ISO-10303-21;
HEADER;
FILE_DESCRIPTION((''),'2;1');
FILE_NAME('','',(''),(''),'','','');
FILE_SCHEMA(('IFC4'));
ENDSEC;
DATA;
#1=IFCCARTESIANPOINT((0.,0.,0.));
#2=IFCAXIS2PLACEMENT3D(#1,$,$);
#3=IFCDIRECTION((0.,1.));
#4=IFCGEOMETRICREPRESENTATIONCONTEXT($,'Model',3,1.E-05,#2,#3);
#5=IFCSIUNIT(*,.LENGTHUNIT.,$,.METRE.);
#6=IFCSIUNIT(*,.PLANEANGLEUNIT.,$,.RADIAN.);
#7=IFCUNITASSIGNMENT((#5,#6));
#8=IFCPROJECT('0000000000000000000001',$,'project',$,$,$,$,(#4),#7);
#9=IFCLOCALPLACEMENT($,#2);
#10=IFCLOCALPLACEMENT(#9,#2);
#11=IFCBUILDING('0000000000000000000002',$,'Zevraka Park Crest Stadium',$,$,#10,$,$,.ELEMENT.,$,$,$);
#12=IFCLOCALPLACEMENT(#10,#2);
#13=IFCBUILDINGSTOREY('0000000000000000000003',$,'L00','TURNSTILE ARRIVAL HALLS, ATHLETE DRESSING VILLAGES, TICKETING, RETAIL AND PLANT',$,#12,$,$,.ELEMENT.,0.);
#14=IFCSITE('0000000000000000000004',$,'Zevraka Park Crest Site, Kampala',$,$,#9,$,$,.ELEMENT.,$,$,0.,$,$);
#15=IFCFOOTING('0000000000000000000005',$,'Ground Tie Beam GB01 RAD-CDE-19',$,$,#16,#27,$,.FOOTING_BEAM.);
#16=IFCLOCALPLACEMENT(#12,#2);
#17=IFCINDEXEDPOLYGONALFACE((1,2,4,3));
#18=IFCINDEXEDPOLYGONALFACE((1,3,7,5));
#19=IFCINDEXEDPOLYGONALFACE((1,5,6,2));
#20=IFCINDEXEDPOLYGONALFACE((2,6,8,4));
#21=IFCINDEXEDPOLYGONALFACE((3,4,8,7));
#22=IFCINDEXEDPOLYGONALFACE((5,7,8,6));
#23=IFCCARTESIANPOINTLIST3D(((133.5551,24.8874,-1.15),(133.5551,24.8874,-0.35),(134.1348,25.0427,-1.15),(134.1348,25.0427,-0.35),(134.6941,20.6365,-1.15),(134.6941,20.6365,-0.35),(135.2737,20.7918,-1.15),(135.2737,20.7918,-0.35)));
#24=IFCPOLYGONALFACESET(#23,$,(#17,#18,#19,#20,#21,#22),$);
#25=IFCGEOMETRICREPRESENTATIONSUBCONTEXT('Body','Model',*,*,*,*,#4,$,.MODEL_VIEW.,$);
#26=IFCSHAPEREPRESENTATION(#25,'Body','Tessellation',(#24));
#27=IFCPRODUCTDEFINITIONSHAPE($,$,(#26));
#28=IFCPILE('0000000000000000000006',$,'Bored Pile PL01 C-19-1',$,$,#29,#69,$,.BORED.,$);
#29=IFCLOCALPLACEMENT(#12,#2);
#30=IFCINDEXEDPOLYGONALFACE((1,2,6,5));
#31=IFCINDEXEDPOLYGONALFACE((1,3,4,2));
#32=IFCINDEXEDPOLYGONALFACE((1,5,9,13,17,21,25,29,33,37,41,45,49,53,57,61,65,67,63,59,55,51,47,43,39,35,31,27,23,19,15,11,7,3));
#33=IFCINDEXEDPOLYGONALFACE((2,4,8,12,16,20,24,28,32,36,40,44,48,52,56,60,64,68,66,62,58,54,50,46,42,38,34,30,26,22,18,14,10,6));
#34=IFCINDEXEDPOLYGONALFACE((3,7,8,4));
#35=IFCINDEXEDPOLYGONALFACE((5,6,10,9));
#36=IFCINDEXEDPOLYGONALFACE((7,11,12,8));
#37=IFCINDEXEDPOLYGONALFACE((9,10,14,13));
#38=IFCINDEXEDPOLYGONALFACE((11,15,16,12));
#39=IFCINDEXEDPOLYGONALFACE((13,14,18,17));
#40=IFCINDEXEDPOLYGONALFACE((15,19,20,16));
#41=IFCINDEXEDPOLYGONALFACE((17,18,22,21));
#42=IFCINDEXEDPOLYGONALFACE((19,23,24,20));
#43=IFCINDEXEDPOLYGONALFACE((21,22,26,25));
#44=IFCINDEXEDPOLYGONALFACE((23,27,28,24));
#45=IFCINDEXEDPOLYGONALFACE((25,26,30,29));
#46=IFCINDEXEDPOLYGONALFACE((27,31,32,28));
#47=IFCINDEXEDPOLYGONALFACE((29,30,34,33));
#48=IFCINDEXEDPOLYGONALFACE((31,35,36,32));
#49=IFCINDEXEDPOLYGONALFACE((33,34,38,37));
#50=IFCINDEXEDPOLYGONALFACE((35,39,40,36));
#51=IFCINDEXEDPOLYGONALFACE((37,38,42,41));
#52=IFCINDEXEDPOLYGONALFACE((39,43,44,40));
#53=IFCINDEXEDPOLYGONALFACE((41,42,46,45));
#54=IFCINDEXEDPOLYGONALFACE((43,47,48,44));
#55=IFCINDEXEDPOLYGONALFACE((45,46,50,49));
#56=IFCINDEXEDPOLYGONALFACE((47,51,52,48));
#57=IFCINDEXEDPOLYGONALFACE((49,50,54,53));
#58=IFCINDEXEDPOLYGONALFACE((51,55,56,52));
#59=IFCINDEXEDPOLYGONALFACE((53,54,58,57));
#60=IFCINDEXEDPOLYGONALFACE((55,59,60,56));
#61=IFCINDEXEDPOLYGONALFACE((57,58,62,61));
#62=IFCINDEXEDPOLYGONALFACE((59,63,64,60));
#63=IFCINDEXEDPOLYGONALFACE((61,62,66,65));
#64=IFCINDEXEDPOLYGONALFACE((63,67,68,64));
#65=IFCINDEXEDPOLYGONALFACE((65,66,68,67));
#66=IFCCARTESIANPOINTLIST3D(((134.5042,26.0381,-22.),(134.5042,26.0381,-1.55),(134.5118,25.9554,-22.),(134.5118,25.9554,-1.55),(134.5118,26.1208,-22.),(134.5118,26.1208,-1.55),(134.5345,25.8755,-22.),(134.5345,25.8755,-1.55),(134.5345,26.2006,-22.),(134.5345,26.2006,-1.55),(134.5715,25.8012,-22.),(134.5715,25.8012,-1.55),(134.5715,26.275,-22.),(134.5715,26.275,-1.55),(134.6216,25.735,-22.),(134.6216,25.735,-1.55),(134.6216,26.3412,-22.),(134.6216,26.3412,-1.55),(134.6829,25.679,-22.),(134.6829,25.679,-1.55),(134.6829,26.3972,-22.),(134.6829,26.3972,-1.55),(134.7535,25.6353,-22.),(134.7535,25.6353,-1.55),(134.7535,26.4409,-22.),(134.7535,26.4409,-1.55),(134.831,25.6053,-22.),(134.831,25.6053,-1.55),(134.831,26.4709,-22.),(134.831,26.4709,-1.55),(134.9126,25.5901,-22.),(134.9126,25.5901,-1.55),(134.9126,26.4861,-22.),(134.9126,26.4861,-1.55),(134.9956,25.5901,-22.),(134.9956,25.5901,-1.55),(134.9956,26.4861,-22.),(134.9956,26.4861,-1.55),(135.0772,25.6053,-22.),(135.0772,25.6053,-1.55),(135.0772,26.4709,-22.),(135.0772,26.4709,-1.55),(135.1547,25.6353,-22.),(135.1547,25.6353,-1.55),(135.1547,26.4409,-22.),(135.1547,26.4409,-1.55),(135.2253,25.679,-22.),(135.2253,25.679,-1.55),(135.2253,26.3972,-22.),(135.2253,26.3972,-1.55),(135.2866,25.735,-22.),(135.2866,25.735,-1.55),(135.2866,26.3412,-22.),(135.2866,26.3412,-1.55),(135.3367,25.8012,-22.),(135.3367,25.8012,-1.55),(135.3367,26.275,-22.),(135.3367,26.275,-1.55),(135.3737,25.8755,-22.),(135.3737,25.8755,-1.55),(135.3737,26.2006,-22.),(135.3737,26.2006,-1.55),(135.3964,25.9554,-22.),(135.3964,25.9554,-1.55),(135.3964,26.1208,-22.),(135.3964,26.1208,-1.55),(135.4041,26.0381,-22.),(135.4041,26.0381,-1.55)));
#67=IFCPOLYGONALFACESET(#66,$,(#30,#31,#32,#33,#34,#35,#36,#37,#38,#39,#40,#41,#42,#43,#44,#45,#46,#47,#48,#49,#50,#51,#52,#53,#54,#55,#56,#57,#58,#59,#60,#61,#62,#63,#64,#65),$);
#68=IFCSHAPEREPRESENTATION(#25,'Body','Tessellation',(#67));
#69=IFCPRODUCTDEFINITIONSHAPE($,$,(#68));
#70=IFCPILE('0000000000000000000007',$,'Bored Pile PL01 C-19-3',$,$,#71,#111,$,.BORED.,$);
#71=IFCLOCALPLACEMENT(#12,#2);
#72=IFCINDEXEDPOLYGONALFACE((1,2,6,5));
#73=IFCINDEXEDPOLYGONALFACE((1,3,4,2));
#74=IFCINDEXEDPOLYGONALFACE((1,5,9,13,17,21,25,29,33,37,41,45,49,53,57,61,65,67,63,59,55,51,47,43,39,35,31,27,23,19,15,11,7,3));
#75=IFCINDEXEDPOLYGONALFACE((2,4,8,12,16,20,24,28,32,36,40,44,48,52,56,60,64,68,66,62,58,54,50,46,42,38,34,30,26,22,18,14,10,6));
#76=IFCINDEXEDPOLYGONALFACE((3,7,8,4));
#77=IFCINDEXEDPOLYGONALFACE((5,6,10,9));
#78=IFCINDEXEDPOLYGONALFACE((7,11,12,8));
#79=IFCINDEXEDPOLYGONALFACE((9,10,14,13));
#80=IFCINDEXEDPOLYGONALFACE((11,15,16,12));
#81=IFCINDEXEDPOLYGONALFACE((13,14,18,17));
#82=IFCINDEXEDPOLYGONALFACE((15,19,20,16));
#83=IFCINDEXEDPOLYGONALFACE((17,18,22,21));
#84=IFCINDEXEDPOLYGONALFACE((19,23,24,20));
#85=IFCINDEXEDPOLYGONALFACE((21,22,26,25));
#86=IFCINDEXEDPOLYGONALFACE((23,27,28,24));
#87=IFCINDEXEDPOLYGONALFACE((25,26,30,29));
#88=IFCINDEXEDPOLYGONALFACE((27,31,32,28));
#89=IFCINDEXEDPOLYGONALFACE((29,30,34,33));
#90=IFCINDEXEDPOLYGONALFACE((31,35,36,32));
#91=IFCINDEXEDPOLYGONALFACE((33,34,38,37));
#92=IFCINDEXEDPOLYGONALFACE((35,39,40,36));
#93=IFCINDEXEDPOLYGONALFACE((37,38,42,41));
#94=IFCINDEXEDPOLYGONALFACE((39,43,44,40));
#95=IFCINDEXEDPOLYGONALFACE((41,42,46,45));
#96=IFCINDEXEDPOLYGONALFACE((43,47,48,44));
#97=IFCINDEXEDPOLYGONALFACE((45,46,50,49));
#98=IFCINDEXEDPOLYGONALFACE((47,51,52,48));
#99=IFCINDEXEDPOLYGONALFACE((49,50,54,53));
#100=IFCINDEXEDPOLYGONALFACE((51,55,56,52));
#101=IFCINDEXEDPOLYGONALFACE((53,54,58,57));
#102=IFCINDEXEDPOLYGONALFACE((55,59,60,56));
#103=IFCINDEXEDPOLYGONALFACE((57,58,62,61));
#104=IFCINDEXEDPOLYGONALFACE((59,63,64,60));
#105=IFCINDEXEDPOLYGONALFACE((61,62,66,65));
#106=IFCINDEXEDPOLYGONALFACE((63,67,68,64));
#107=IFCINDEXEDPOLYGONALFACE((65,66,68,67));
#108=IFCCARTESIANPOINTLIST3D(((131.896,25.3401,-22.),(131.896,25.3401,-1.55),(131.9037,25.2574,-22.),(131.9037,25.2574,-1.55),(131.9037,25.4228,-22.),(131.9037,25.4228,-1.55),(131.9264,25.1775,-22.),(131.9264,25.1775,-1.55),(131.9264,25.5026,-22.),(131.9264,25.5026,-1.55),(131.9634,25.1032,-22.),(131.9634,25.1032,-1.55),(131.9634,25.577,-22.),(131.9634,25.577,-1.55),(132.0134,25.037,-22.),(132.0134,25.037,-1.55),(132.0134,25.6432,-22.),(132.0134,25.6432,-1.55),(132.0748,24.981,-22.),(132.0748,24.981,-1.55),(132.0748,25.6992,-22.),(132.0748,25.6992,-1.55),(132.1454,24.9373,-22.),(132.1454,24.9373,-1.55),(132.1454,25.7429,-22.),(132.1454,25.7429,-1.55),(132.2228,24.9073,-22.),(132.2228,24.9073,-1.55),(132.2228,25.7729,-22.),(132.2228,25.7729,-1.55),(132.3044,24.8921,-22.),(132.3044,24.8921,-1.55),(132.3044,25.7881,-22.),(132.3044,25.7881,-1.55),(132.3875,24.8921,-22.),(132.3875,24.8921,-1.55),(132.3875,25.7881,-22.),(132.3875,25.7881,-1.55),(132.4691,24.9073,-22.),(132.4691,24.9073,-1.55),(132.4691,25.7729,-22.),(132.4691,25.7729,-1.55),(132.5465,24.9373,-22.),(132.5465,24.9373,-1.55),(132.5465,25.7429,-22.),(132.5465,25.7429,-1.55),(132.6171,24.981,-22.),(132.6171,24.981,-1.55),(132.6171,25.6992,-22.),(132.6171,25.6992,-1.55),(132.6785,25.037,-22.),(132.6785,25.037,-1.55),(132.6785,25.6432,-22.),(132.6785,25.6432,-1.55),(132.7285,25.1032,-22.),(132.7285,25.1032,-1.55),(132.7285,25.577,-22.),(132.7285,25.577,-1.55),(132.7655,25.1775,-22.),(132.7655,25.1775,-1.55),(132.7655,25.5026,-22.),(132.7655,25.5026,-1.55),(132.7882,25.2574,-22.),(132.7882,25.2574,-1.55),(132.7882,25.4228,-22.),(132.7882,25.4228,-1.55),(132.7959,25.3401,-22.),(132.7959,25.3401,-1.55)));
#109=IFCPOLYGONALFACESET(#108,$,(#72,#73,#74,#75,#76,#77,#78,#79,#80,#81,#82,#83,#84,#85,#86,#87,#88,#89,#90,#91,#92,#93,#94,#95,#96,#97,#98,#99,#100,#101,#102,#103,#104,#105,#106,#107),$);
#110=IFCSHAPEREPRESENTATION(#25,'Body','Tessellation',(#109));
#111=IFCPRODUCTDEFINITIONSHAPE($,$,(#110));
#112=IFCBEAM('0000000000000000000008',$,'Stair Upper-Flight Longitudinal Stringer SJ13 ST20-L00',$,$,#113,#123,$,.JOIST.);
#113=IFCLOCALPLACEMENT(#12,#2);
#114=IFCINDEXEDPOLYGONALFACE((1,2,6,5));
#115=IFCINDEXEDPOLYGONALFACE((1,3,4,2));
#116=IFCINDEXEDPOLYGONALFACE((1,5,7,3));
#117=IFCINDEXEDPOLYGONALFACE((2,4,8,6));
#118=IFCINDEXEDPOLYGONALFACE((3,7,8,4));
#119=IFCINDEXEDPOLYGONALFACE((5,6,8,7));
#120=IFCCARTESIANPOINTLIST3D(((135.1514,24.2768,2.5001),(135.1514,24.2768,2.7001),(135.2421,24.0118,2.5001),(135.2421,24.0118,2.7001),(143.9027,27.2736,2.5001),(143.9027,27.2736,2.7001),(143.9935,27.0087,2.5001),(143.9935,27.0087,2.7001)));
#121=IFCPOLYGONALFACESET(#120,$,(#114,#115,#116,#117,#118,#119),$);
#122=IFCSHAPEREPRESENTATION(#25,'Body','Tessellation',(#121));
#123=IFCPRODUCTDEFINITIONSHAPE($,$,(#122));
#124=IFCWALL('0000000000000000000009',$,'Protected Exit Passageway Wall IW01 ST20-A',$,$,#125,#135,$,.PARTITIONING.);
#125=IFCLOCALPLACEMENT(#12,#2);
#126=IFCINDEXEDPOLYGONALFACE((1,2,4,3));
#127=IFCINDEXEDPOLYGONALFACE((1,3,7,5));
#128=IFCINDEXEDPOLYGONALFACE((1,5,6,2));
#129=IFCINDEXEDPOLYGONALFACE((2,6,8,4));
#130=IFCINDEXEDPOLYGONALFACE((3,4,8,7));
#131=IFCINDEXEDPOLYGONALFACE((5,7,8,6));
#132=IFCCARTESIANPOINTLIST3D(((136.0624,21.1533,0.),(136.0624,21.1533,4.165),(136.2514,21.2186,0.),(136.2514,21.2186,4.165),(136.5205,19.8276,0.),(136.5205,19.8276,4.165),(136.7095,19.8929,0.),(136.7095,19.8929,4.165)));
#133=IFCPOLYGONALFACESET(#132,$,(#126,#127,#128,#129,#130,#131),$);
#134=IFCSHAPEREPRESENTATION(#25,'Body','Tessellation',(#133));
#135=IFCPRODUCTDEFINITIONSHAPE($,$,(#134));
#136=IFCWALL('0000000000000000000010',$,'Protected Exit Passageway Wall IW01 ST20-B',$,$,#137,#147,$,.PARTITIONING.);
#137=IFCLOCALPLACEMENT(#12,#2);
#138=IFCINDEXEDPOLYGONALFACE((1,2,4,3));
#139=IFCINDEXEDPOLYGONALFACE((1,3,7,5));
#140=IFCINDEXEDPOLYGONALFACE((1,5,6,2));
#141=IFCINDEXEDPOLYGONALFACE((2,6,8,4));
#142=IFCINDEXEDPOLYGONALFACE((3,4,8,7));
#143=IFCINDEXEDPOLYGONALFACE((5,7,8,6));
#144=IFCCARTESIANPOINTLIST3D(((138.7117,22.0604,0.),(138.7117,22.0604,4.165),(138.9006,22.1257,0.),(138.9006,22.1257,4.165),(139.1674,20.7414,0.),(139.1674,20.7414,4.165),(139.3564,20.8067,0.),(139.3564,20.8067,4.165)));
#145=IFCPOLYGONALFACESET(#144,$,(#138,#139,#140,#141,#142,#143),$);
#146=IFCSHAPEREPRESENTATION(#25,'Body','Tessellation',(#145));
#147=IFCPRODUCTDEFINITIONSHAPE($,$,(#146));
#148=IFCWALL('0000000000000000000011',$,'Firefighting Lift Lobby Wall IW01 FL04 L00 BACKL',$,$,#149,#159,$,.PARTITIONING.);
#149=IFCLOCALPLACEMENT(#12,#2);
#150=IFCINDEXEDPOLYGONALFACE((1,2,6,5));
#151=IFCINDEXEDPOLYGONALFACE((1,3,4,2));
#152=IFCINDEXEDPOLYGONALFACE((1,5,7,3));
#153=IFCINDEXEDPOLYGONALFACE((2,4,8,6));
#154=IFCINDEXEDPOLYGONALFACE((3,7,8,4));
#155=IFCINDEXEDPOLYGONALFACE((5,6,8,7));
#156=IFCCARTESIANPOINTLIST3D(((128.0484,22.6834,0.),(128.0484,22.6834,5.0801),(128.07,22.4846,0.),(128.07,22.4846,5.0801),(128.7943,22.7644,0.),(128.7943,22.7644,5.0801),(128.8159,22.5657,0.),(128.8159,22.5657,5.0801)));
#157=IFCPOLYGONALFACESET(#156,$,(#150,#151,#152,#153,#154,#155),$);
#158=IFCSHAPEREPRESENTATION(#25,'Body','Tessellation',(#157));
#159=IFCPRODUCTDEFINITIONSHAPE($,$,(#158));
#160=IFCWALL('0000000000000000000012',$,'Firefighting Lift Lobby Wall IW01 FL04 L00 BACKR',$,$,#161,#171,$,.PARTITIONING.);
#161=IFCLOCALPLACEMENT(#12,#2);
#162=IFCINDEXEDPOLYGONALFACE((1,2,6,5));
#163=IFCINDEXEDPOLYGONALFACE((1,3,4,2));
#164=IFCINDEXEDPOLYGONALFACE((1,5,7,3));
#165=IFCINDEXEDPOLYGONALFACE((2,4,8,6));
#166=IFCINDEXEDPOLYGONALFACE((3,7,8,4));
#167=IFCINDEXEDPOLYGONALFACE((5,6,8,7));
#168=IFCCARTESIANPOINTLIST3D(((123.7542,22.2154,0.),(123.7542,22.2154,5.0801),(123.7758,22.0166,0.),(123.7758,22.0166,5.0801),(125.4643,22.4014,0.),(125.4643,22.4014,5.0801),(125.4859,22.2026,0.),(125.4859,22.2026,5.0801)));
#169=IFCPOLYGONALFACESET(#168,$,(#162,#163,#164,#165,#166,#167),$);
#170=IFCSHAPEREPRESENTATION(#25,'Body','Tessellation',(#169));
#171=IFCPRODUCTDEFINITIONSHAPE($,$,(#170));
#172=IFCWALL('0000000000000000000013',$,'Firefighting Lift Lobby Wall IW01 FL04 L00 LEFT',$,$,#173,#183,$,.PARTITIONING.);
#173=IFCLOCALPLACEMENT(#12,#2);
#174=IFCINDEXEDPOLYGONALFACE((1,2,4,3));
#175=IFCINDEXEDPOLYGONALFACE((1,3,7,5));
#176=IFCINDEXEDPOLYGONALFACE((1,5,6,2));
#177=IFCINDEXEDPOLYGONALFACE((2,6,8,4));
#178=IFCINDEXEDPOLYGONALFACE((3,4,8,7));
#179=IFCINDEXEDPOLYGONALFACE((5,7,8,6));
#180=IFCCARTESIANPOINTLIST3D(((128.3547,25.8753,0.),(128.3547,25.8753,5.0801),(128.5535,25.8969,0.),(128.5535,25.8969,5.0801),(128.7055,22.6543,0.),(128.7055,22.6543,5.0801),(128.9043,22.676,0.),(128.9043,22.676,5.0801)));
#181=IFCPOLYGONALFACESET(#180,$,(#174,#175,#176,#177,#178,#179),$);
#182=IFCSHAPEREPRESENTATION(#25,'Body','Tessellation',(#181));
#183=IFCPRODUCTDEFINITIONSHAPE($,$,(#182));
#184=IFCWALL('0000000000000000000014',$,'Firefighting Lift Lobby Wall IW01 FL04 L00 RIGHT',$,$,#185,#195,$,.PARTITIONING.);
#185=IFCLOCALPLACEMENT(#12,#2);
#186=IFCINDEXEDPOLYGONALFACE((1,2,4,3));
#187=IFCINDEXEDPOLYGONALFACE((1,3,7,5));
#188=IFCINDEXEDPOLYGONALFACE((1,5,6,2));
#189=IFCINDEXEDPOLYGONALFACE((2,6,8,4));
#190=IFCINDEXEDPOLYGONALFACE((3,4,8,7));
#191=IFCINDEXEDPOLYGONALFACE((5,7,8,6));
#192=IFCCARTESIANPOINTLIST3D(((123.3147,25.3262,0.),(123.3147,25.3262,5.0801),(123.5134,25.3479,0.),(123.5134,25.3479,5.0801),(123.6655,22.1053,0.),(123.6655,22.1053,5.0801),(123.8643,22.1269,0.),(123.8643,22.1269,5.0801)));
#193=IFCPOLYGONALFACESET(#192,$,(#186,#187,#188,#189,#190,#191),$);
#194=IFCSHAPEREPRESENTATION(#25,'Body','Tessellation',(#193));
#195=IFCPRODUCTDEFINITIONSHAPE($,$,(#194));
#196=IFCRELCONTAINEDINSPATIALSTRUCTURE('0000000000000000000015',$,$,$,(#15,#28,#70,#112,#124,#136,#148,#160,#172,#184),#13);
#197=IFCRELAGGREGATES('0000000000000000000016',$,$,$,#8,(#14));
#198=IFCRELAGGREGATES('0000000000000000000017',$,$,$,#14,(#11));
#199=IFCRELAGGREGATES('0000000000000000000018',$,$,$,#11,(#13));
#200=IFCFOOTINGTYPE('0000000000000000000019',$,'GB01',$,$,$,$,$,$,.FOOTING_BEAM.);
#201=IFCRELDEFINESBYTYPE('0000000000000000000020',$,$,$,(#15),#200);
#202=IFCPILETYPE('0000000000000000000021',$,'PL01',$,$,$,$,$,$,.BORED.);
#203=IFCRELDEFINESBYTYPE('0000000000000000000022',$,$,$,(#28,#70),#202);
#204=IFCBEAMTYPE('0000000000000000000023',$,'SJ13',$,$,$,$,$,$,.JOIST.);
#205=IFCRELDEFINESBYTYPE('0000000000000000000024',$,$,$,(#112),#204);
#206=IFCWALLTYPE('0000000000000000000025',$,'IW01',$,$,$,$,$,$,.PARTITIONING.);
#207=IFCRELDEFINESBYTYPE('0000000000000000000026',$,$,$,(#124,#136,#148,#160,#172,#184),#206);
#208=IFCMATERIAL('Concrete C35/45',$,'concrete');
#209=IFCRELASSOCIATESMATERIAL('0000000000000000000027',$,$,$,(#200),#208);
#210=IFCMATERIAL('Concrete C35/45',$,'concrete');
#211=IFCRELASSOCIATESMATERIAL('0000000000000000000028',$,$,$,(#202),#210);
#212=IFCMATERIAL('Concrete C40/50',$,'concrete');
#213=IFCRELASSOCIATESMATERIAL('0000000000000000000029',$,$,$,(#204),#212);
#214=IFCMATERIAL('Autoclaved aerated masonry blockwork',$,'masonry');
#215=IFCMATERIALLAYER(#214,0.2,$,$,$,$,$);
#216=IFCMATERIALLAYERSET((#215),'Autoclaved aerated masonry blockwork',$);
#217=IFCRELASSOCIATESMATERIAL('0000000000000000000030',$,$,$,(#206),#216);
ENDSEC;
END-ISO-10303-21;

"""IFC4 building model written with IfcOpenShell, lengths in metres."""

from ifc_helpers import new_model, si_unit, direction, frame, frame_2d, origin, origin_2d, place, context, subcontext, project, spatial, rectangle, circle, extrude, material, layer, layer_set, material_profile, profile_set, type_object, element, save


model = new_model("IFC4")

# Units and contexts
model_context = context("Model", 3, precision=1e-05, world=origin(), true_north=direction((0.0, 1.0)))
body_context = subcontext(model_context, "Body", "Model", "MODEL_VIEW")
ifc_project = project(units=[si_unit("LENGTHUNIT", "METRE"), si_unit("PLANEANGLEUNIT", "RADIAN")], contexts=[model_context])

# Site, building, storey
site_placement = place(None, origin())
site = spatial("IfcSite", under=ifc_project, at=site_placement, Name="Zevraka Park Crest Site, Kampala", CompositionType="ELEMENT", RefElevation=0.0)
building_placement = place(site_placement, origin())
building = spatial("IfcBuilding", under=site, at=building_placement, Name="Zevraka Park Crest Stadium", CompositionType="ELEMENT")
storey_placement = place(building_placement, origin())
storey = spatial("IfcBuildingStorey", under=building, at=storey_placement, Name="L00", Description="TURNSTILE ARRIVAL HALLS, ATHLETE DRESSING VILLAGES, TICKETING, RETAIL AND PLANT", CompositionType="ELEMENT", Elevation=0.0)

# Footing
ifc_material_1 = material(Name="Concrete C35/45", Category="concrete")
ifc_material_profile_1 = material_profile(ifc_material_1, rectangle(XDim=0.6001, YDim=0.8, at=origin_2d()), Name="GB 800x600")
ifc_profile_set_1 = profile_set([ifc_material_profile_1], Name="Concrete C35/45")
footing_type = type_object("IfcFootingType", Name="GB01", PredefinedType="FOOTING_BEAM", material=ifc_profile_set_1)
footing_placement = place(storey_placement, frame((133.845, 24.9651, -0.75), z_axis=(0.258792, -0.965933, 0.0), x_axis=(0.965933, 0.258792, 0.0)))
element("IfcFooting", 1, at=footing_placement, inside=storey, type_object=footing_type, Name="Ground Tie Beam GB01 RAD-CDE-19", PredefinedType="FOOTING_BEAM", context=body_context, shape_type="SweptSolid", body=[
    extrude(rectangle(XDim=0.6001, YDim=0.8, at=origin_2d()), origin(), (0.0, 0.0, 1.0), 4.4009),
])

# Piles
ifc_material_2 = material(Name="Concrete C35/45", Category="concrete")
ifc_material_profile_2 = material_profile(ifc_material_2, circle(Radius=0.45, at=origin_2d()), Name="PILE D900")
ifc_profile_set_2 = profile_set([ifc_material_profile_2], Name="Concrete C35/45")
pile_type = type_object("IfcPileType", Name="PL01", PredefinedType="BORED", material=ifc_profile_set_2)
for number, where, z_axis, x_axis, name in (
    (2, (134.9541, 26.0381, -1.55), (0.0, 0.0, -1.0), (1.0, 0.0, 0.0), "Bored Pile PL01 C-19-1"),
    (3, (132.3459, 25.3401, -1.55), (0.0, 0.0, -1.0), (1.0, 0.0, 0.0), "Bored Pile PL01 C-19-3"),
):
    element("IfcPile", number, at=place(storey_placement, frame(where, z_axis=z_axis, x_axis=x_axis)), inside=storey, type_object=pile_type, Name=name, PredefinedType="BORED", context=body_context, shape_type="SweptSolid", body=[
        extrude(circle(Radius=0.45, at=origin_2d()), origin(), (0.0, 0.0, 1.0), 20.45),
    ])

# Beam
ifc_material_3 = material(Name="Concrete C40/50", Category="concrete")
ifc_material_profile_3 = material_profile(ifc_material_3, rectangle(XDim=0.28, YDim=0.2, at=origin_2d()), Name="RC 200x280")
ifc_profile_set_3 = profile_set([ifc_material_profile_3], Name="Concrete C40/50")
beam_type = type_object("IfcBeamType", Name="SJ13", PredefinedType="JOIST", material=ifc_profile_set_3)
beam_placement = place(storey_placement, frame((135.1968, 24.1443, 2.6001), z_axis=(0.946065, 0.323977, 0.0), x_axis=(-0.323977, 0.946065, 0.0)))
element("IfcBeam", 4, at=beam_placement, inside=storey, type_object=beam_type, Name="Stair Upper-Flight Longitudinal Stringer SJ13 ST20-L00", PredefinedType="JOIST", context=body_context, shape_type="SweptSolid", body=[
    extrude(rectangle(XDim=0.28, YDim=0.2, at=origin_2d()), origin(), (0.0, 0.0, 1.0), 9.2502),
])

# Walls
ifc_material_4 = material(Name="Autoclaved aerated masonry blockwork", Category="masonry")
ifc_layer_1 = layer(ifc_material_4, 0.2)
ifc_layer_set_1 = layer_set([ifc_layer_1], Name="Autoclaved aerated masonry blockwork")
wall_type_1 = type_object("IfcWallType", Name="IW01", PredefinedType="PARTITIONING", material=ifc_layer_set_1)
wall_1_placement = place(storey_placement, frame((136.157, 21.1858, 0.0), z_axis=(0.0, 0.0, 1.0), x_axis=(0.326549, -0.94518, 0.0)))
element("IfcWall", 5, at=wall_1_placement, inside=storey, type_object=wall_type_1, Name="Protected Exit Passageway Wall IW01 ST20-A", PredefinedType="PARTITIONING", context=body_context, shape_type="SweptSolid", body=[
    extrude(rectangle(XDim=1.4026, YDim=0.2, at=frame_2d((0.7012, 0.0))), origin(), (0.0, 0.0, 1.0), 4.165),
])
wall_2_placement = place(storey_placement, frame((138.8062, 22.093, 0.0), z_axis=(0.0, 0.0, 1.0), x_axis=(0.3266, -0.945163, 0.0)))
element("IfcWall", 6, at=wall_2_placement, inside=storey, type_object=wall_type_1, Name="Protected Exit Passageway Wall IW01 ST20-B", PredefinedType="PARTITIONING", context=body_context, shape_type="SweptSolid", body=[
    extrude(rectangle(XDim=1.3955, YDim=0.2, at=frame_2d((0.6978, 0.0))), origin(), (0.0, 0.0, 1.0), 4.165),
])
wall_3_placement = place(storey_placement, frame((128.8049, 22.665, 0.0), z_axis=(0.0, 0.0, 1.0), x_axis=(-0.994147, -0.108038, 0.0)))
element("IfcWall", 7, at=wall_3_placement, inside=storey, type_object=wall_type_1, Name="Firefighting Lift Lobby Wall IW01 FL04 L00 BACKL", PredefinedType="PARTITIONING", context=body_context, shape_type="SweptSolid", body=[
    extrude(rectangle(XDim=0.7502, YDim=0.2, at=frame_2d((0.375, 0.0))), origin(), (0.0, 0.0, 1.0), 5.0801),
])
wall_4_placement = place(storey_placement, frame((125.4751, 22.302, 0.0), z_axis=(0.0, 0.0, 1.0), x_axis=(-0.994136, -0.108142, 0.0)))
element("IfcWall", 8, at=wall_4_placement, inside=storey, type_object=wall_type_1, Name="Firefighting Lift Lobby Wall IW01 FL04 L00 BACKR", PredefinedType="PARTITIONING", context=body_context, shape_type="SweptSolid", body=[
    extrude(rectangle(XDim=1.7202, YDim=0.2, at=frame_2d((0.8601, 0.0))), origin(), (0.0, 0.0, 1.0), 5.0801),
])
for number, where, z_axis, x_axis, name in (
    (9, (128.8049, 22.665, 0.0), (0.0, 0.0, 1.0), (-0.108281, 0.99412, 0.0), "Firefighting Lift Lobby Wall IW01 FL04 L00 LEFT"),
    (10, (123.7649, 22.116, 0.0), (0.0, 0.0, 1.0), (-0.108281, 0.99412, 0.0), "Firefighting Lift Lobby Wall IW01 FL04 L00 RIGHT"),
):
    element("IfcWall", number, at=place(storey_placement, frame(where, z_axis=z_axis, x_axis=x_axis)), inside=storey, type_object=wall_type_1, Name=name, PredefinedType="PARTITIONING", context=body_context, shape_type="SweptSolid", body=[
        extrude(rectangle(XDim=3.24, YDim=0.2, at=frame_2d((1.6201, 0.0))), origin(), (0.0, 0.0, 1.0), 5.0801),
    ])

save(model, "model.ifc")
